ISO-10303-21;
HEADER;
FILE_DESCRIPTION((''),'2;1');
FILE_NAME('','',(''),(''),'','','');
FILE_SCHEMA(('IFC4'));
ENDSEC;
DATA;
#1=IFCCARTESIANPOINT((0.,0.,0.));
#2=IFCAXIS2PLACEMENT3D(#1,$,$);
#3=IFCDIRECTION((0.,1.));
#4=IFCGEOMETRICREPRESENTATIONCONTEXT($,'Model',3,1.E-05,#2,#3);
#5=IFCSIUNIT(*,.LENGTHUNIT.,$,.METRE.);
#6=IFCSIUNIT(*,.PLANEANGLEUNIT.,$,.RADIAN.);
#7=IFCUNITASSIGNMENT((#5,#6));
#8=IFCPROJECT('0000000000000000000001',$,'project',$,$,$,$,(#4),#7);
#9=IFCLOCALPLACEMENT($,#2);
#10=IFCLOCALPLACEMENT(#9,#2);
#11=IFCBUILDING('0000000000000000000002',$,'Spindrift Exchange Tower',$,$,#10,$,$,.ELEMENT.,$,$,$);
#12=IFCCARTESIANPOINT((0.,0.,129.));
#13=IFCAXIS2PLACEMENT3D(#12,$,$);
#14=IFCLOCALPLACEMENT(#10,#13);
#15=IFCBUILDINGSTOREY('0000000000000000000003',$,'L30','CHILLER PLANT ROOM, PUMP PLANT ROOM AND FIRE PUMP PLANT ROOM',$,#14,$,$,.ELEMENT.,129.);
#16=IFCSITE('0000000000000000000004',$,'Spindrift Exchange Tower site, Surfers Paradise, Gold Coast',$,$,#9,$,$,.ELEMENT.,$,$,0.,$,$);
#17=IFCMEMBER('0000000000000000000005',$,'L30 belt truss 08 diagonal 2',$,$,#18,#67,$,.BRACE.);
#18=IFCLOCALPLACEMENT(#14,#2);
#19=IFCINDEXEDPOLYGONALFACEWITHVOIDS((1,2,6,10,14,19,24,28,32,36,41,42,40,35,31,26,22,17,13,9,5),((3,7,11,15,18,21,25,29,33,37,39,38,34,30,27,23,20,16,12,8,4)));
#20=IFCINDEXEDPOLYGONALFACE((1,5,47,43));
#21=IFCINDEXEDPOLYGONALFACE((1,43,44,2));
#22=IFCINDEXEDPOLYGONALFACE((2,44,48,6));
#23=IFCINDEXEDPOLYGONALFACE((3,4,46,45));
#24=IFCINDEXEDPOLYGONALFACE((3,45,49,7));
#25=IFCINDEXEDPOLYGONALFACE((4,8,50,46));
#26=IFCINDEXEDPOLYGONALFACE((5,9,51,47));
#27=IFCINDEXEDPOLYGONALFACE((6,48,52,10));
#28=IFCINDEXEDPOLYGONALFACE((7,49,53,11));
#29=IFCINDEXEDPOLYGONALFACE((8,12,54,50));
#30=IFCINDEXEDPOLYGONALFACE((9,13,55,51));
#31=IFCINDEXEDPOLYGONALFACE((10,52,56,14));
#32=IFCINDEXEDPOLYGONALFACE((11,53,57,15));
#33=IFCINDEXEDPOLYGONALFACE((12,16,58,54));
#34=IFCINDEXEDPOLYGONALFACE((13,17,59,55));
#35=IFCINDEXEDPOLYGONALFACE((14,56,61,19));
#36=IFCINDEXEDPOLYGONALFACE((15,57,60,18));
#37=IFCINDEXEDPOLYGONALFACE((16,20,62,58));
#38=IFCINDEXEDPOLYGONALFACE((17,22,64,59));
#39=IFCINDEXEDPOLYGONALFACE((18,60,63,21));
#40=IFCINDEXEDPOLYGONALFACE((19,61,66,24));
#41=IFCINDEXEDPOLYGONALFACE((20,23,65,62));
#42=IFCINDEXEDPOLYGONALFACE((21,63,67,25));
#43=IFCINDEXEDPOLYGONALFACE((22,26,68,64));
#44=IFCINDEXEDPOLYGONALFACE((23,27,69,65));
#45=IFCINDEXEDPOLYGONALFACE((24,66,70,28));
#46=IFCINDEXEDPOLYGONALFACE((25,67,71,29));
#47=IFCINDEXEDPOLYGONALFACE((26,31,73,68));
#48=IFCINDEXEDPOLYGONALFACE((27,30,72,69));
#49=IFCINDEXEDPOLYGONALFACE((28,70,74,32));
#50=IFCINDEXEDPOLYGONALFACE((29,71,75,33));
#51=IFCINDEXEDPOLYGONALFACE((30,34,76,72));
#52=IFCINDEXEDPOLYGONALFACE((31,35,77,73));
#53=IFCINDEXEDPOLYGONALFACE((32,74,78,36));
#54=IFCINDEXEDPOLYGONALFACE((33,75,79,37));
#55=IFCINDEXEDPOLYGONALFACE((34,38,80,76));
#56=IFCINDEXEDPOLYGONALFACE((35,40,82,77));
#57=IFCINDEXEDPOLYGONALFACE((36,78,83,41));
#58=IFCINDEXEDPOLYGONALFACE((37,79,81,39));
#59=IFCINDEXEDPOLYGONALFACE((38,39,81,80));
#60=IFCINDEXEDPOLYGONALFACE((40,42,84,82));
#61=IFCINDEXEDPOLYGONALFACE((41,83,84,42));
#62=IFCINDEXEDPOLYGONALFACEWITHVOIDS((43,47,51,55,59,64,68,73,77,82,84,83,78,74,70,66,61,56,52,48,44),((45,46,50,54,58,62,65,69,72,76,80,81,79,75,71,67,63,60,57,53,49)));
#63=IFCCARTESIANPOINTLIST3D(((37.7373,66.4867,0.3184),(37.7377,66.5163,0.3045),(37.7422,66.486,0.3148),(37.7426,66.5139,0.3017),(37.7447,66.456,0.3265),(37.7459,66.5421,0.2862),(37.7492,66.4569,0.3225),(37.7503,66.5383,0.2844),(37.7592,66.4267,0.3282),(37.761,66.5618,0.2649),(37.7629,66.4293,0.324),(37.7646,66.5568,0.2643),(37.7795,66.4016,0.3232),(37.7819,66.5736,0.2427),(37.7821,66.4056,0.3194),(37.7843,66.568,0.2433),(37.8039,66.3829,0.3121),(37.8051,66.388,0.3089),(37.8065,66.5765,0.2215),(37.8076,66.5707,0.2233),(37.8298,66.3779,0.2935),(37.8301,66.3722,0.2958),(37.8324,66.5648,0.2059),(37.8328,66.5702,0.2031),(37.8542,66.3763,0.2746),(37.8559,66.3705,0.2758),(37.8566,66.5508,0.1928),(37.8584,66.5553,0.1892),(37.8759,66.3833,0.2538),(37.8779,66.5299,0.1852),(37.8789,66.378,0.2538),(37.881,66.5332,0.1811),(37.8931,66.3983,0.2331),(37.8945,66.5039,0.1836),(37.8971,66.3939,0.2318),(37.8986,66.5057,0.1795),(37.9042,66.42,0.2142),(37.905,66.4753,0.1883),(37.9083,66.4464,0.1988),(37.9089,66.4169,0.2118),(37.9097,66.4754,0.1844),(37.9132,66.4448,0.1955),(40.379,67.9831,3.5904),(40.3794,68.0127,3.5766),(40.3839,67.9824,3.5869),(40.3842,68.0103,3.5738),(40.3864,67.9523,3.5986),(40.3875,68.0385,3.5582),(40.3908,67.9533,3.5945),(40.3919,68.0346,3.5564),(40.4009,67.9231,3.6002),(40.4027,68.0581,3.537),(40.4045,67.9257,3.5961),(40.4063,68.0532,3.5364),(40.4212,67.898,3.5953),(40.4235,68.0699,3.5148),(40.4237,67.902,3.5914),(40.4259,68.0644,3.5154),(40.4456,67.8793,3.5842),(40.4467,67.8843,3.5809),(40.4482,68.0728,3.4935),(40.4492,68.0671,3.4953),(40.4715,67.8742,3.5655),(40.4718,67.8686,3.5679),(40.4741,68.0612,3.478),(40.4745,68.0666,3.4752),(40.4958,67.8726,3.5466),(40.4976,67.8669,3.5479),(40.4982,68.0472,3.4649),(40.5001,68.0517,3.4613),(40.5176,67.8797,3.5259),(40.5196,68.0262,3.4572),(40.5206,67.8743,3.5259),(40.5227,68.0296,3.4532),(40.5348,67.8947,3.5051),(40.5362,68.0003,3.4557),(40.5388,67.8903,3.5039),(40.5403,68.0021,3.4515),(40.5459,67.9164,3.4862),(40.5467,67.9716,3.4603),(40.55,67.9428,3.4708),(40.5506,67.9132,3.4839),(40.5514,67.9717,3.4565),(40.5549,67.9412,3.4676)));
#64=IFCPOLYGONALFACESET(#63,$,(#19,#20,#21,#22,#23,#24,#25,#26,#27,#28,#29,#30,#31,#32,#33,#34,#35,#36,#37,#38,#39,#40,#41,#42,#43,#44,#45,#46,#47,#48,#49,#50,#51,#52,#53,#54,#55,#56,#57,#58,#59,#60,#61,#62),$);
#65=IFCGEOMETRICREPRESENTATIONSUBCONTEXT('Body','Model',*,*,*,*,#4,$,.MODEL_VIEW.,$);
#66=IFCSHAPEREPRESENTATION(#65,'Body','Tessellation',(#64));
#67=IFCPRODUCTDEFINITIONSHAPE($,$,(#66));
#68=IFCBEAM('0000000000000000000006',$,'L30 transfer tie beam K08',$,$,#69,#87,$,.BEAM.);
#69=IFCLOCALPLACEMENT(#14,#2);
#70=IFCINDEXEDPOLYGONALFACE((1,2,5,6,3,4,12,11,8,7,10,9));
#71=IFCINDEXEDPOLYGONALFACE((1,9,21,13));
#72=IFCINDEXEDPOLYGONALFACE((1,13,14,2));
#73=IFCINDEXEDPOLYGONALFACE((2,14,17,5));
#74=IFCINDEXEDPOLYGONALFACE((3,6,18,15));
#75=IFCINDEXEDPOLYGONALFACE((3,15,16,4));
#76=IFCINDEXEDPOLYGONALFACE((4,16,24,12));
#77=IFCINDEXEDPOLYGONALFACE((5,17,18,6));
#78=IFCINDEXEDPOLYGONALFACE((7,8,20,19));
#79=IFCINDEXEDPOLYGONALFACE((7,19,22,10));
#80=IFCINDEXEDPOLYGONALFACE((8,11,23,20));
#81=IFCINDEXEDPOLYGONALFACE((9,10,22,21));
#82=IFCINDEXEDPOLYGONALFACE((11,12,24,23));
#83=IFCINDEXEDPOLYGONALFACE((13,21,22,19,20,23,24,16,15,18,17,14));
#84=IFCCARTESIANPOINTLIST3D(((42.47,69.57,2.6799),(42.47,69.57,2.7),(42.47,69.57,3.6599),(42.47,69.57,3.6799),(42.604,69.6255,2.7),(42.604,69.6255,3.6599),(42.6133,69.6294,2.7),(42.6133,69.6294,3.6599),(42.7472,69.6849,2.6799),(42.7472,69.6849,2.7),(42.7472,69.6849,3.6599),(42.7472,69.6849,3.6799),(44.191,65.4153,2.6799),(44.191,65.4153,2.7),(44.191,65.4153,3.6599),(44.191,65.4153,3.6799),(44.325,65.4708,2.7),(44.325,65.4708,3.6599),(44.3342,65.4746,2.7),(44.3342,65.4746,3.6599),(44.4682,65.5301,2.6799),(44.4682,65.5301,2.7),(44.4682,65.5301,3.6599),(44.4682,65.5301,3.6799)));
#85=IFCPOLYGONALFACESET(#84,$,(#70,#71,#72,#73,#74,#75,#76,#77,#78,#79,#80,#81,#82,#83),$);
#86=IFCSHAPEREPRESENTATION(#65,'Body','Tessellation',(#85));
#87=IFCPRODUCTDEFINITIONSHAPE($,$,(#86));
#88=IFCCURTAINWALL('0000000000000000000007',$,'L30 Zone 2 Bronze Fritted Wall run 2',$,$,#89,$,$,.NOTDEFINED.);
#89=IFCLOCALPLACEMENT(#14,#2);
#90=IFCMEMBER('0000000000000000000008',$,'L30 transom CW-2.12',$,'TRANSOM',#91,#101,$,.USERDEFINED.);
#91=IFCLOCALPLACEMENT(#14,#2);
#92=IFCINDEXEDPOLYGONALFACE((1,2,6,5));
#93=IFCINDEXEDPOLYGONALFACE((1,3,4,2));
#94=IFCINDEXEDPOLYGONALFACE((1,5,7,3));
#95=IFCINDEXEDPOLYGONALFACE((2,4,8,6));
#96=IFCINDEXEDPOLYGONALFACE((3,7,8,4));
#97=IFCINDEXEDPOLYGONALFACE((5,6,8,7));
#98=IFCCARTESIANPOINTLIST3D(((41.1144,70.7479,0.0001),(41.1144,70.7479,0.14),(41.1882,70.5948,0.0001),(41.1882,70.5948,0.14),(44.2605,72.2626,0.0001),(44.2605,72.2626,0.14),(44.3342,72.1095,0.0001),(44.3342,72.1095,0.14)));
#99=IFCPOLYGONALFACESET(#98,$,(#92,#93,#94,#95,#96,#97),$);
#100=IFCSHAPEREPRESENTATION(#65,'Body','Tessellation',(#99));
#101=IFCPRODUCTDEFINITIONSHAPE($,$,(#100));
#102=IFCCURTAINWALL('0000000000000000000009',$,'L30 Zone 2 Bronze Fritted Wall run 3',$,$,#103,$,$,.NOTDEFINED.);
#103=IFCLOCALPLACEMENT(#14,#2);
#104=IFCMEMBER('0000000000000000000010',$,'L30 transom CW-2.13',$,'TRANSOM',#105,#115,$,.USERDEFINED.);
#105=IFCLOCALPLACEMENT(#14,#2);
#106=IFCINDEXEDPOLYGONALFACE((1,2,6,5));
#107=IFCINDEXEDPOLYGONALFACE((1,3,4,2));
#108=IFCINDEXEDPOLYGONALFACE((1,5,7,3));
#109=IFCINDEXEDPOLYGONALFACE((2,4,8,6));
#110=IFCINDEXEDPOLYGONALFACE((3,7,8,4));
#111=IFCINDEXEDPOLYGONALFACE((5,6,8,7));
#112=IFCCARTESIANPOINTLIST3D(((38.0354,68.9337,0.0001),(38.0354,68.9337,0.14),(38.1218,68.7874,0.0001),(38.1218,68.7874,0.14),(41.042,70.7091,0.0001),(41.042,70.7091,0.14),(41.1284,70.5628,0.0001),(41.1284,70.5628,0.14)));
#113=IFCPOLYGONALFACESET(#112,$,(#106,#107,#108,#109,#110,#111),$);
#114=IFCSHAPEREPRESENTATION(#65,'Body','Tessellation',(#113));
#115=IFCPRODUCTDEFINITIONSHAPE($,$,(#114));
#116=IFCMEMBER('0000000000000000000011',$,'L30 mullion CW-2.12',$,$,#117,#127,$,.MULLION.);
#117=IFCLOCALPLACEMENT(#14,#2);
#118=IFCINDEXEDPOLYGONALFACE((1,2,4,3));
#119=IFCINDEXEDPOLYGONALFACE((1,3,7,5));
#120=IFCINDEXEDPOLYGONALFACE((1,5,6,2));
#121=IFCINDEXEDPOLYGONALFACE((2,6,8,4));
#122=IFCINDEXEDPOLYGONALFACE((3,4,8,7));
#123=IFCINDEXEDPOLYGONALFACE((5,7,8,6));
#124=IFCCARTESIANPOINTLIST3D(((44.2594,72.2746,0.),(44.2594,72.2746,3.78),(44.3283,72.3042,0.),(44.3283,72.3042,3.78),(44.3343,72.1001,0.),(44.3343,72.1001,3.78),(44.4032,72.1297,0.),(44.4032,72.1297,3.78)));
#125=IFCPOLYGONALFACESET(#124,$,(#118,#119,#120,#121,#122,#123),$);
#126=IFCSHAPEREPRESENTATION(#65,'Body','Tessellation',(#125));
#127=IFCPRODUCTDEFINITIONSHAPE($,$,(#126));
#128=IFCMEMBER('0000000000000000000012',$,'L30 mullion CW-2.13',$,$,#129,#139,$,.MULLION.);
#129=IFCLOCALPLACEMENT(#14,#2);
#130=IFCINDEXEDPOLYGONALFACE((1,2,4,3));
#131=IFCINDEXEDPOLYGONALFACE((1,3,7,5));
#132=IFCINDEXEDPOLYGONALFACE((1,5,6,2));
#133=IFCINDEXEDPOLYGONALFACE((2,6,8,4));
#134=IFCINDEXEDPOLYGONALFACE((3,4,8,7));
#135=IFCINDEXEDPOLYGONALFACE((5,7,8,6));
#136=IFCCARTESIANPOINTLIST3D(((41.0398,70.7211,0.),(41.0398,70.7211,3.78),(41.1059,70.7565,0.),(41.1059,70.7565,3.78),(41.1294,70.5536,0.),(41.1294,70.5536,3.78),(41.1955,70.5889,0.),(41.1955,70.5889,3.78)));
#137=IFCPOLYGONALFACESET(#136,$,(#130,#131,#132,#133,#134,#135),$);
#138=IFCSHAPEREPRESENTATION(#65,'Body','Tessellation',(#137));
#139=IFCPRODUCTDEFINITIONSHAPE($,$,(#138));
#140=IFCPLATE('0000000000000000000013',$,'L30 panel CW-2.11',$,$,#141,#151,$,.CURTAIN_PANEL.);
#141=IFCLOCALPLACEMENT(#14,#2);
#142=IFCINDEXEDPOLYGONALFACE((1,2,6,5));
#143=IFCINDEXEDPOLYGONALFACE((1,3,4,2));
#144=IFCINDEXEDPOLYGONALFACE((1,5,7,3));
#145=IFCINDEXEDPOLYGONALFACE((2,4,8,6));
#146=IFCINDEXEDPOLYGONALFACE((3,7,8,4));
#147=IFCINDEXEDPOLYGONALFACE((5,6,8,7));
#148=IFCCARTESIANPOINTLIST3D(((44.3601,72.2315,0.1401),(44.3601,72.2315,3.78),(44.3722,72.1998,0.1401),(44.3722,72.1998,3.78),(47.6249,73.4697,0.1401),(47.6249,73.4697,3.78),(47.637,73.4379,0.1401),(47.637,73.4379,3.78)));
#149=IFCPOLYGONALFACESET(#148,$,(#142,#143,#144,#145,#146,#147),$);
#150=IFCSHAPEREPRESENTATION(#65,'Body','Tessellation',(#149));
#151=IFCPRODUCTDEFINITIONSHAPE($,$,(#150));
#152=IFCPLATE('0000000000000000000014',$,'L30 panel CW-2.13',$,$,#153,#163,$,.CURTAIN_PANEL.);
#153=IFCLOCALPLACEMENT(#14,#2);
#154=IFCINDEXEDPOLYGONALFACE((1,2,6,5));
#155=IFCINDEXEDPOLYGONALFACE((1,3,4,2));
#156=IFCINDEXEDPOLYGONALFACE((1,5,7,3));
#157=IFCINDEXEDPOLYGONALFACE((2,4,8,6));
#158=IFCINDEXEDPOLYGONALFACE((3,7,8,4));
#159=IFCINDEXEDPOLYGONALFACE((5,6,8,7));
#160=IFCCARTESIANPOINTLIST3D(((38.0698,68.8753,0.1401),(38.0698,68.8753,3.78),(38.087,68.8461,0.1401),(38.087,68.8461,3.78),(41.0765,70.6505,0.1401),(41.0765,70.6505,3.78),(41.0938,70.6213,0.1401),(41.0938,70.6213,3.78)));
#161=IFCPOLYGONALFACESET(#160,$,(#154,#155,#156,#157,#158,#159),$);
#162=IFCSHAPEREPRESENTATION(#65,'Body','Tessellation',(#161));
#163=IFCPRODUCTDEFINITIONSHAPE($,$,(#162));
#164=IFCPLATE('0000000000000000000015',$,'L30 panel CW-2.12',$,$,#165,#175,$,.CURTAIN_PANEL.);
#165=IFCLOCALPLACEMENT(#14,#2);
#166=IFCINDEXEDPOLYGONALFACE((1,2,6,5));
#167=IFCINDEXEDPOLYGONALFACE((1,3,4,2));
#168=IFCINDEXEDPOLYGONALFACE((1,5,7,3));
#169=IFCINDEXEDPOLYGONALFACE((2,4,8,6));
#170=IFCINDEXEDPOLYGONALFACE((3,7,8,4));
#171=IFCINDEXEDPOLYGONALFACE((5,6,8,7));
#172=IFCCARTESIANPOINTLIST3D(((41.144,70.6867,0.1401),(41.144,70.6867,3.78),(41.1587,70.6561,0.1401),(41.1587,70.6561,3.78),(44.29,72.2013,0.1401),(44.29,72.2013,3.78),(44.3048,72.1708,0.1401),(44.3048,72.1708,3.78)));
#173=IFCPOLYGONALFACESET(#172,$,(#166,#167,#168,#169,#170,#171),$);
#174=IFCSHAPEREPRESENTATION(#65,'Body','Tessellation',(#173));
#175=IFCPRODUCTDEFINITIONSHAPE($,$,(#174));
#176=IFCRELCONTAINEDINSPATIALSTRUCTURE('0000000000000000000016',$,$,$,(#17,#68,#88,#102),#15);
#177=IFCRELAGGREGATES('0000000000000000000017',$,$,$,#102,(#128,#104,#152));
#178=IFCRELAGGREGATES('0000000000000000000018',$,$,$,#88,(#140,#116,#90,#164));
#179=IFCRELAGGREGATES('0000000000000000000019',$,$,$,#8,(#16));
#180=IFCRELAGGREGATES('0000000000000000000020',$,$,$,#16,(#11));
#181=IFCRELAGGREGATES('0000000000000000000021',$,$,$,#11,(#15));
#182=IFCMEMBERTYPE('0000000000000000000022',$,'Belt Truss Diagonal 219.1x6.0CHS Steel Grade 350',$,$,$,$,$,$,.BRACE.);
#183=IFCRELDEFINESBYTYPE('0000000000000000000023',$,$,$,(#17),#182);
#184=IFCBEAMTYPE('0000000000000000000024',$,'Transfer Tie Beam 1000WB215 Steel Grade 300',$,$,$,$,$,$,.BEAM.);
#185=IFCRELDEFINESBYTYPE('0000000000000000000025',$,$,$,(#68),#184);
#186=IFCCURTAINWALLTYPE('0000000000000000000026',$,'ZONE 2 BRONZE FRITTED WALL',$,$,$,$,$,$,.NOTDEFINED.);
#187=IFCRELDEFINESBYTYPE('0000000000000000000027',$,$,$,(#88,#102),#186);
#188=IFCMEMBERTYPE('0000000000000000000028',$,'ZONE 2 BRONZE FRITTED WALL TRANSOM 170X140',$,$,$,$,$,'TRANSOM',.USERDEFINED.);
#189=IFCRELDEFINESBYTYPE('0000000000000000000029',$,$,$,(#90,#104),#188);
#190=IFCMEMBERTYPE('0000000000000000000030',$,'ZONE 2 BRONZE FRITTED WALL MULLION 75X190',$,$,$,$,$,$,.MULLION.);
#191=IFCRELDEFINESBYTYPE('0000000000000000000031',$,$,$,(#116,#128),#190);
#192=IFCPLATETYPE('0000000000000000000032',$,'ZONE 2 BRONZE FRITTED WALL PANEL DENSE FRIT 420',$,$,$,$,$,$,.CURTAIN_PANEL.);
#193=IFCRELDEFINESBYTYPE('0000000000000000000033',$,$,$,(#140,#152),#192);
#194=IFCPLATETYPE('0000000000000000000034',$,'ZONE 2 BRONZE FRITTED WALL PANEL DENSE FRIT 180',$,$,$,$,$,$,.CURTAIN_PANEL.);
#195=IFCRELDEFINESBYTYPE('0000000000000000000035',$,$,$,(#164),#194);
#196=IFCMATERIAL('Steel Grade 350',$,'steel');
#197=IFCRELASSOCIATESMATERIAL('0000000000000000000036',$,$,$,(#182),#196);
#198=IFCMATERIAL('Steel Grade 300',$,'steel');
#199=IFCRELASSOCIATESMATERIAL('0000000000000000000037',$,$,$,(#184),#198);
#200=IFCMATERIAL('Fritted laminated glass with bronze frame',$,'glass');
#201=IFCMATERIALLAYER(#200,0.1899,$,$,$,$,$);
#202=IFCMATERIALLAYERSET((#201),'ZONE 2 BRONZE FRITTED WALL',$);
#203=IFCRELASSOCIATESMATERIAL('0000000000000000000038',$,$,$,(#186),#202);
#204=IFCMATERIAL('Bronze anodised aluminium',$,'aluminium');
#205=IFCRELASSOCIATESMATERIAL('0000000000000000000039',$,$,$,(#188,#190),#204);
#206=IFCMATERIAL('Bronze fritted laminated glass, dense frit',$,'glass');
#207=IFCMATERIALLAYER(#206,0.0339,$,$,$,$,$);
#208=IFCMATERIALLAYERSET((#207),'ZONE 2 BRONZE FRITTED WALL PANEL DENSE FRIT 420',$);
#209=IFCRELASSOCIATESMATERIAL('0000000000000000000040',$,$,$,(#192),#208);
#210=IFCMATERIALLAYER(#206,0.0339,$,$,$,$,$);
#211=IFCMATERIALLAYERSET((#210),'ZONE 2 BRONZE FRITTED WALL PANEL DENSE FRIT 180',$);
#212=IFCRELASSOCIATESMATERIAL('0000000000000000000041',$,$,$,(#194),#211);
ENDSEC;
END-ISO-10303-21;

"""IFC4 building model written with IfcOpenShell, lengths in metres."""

from ifc_helpers import new_model, si_unit, direction, frame, origin, origin_2d, place, context, subcontext, project, spatial, rectangle, hollow_circle, i_section, extrude, source, transform, mapped, material, layer, layer_set, material_profile, profile_set, type_object, element, aggregate, save


model = new_model("IFC4")

# Units and contexts
model_context = context("Model", 3, precision=1e-05, world=origin(), true_north=direction((0.0, 1.0)))
body_context = subcontext(model_context, "Body", "Model", "MODEL_VIEW")
ifc_project = project(units=[si_unit("LENGTHUNIT", "METRE"), si_unit("PLANEANGLEUNIT", "RADIAN")], contexts=[model_context])

# Site, building, storey
site_placement = place(None, origin())
site = spatial("IfcSite", under=ifc_project, at=site_placement, Name="Spindrift Exchange Tower site, Surfers Paradise, Gold Coast", CompositionType="ELEMENT", RefElevation=0.0)
building_placement = place(site_placement, origin())
building = spatial("IfcBuilding", under=site, at=building_placement, Name="Spindrift Exchange Tower", CompositionType="ELEMENT")
storey_placement = place(building_placement, frame((0.0, 0.0, 129.0)))
storey = spatial("IfcBuildingStorey", under=building, at=storey_placement, Name="L30", Description="CHILLER PLANT ROOM, PUMP PLANT ROOM AND FIRE PUMP PLANT ROOM", CompositionType="ELEMENT", Elevation=129.0)

# Shared definitions
ifc_material_1 = material(Name="Steel Grade 300", Category="steel")

# Member
ifc_material_2 = material(Name="Steel Grade 350", Category="steel")
ifc_material_profile_1 = material_profile(ifc_material_2, hollow_circle(Radius=0.1096, WallThickness=0.0061, at=origin_2d()), Name="219.1x6.0CHS")
ifc_profile_set_1 = profile_set([ifc_material_profile_1], Name="Steel Grade 350")
member_type_1 = type_object("IfcMemberType", Name="Belt Truss Diagonal 219.1x6.0CHS Steel Grade 350", PredefinedType="BRACE", material=ifc_profile_set_1)
shared_shape_1 = source(origin(), body_context, "Body", "SweptSolid", [
    extrude(hollow_circle(Radius=0.1096, WallThickness=0.0061, at=origin_2d()), origin(), (0.0, 0.0, 1.0), 4.4636),
])
for number, where, z_axis, x_axis, name in (
    (1, (40.4666, 67.9697, 3.5259), (-0.591822, -0.335238, -0.73305), (0.492871, -0.870103, 0.0), "L30 belt truss 08 diagonal 2"),
):
    element("IfcMember", number, at=place(storey_placement, frame(where, z_axis=z_axis, x_axis=x_axis)), inside=storey, type_object=member_type_1, Name=name, PredefinedType="BRACE", context=body_context, shape_type="MappedRepresentation", body=[
        mapped(shared_shape_1, transform((0.0, 0.0, 0.0), scale=1.0)),
    ])

# Beam
ifc_material_profile_2 = material_profile(ifc_material_1, i_section(OverallWidth=0.3, OverallDepth=1.0, WebThickness=0.01, FlangeThickness=0.02, at=origin_2d()), Name="1000WB215")
ifc_profile_set_2 = profile_set([ifc_material_profile_2], Name="Steel Grade 300")
beam_type_1 = type_object("IfcBeamType", Name="Transfer Tie Beam 1000WB215 Steel Grade 300", PredefinedType="BEAM", material=ifc_profile_set_2)
shared_shape_2 = source(origin(), body_context, "Body", "SweptSolid", [
    extrude(i_section(OverallWidth=0.3, OverallDepth=1.0, WebThickness=0.01, FlangeThickness=0.02, at=origin_2d()), origin(), (0.0, 0.0, 1.0), 4.4971),
])
beam_1_placement = place(storey_placement, frame((42.6086, 69.6274, 3.1799), z_axis=(0.382679, -0.923881, 0.0), x_axis=(0.923881, 0.382679, 0.0)))
element("IfcBeam", 2, at=beam_1_placement, inside=storey, type_object=beam_type_1, Name="L30 transfer tie beam K08", PredefinedType="BEAM", context=body_context, shape_type="MappedRepresentation", body=[
    mapped(shared_shape_2, transform((0.0, 0.0, 0.0), scale=1.0)),
])

# Curtain walls, members
ifc_material_3 = material(Name="Fritted laminated glass with bronze frame", Category="glass")
ifc_layer_1 = layer(ifc_material_3, 0.1899)
ifc_layer_set_1 = layer_set([ifc_layer_1], Name="ZONE 2 BRONZE FRITTED WALL")
curtain_wall_type = type_object("IfcCurtainWallType", Name="ZONE 2 BRONZE FRITTED WALL", PredefinedType="NOTDEFINED", material=ifc_layer_set_1)
curtain_wall_1_placement = place(storey_placement, origin())
curtain_wall_1 = element("IfcCurtainWall", 3, at=curtain_wall_1_placement, inside=storey, type_object=curtain_wall_type, Name="L30 Zone 2 Bronze Fritted Wall run 2", PredefinedType="NOTDEFINED")
ifc_material_4 = material(Name="Bronze anodised aluminium", Category="aluminium")
ifc_material_profile_3 = material_profile(ifc_material_4, rectangle(XDim=0.1699, YDim=0.1399, at=origin_2d()), Name="ZONE 2 BRONZE FRITTED WALL TRANSOM 170X140")
ifc_profile_set_3 = profile_set([ifc_material_profile_3], Name="Bronze anodised aluminium")
member_type_2 = type_object("IfcMemberType", Name="ZONE 2 BRONZE FRITTED WALL TRANSOM 170X140", ElementType="TRANSOM", PredefinedType="USERDEFINED", material=ifc_profile_set_3)
shared_shape_3 = source(origin(), body_context, "Body", "SweptSolid", [
    extrude(rectangle(XDim=0.1699, YDim=0.1399, at=origin_2d()), origin(), (0.0, 0.0, 1.0), 3.4917),
])
member_1_placement = place(storey_placement, frame((44.2974, 72.186, 0.0701), z_axis=(-0.901012, -0.433795, 0.0), x_axis=(0.433795, -0.901012, 0.0)))
member_1 = element("IfcMember", 4, at=member_1_placement, type_object=member_type_2, Name="L30 transom CW-2.12", ObjectType="TRANSOM", PredefinedType="USERDEFINED", context=body_context, shape_type="MappedRepresentation", body=[
    mapped(shared_shape_3, transform((0.0, 0.0, 0.0), scale=1.0)),
])
curtain_wall_2_placement = place(storey_placement, origin())
curtain_wall_2 = element("IfcCurtainWall", 5, at=curtain_wall_2_placement, inside=storey, type_object=curtain_wall_type, Name="L30 Zone 2 Bronze Fritted Wall run 3", PredefinedType="NOTDEFINED")
member_2_placement = place(storey_placement, frame((41.0852, 70.636, 0.0701), z_axis=(-0.861081, -0.508468, 0.0), x_axis=(0.508468, -0.861081, 0.0)))
member_2 = element("IfcMember", 6, at=member_2_placement, type_object=member_type_2, Name="L30 transom CW-2.13", ObjectType="TRANSOM", PredefinedType="USERDEFINED", context=body_context, shape_type="MappedRepresentation", body=[
    mapped(shared_shape_3, transform((0.0, 0.0, 0.0), scale=1.0)),
])

# Members
ifc_material_profile_4 = material_profile(ifc_material_4, rectangle(XDim=0.075, YDim=0.1899, at=origin_2d()), Name="ZONE 2 BRONZE FRITTED WALL MULLION 75X190")
ifc_profile_set_4 = profile_set([ifc_material_profile_4], Name="Bronze anodised aluminium")
member_type_3 = type_object("IfcMemberType", Name="ZONE 2 BRONZE FRITTED WALL MULLION 75X190", PredefinedType="MULLION", material=ifc_profile_set_4)
shared_shape_4 = source(origin(), body_context, "Body", "SweptSolid", [
    extrude(rectangle(XDim=0.075, YDim=0.1899, at=origin_2d()), origin(), (0.0, 0.0, 1.0), 3.78),
])
member_3_placement = place(storey_placement, frame((44.3313, 72.2021, 0.0), z_axis=(0.0, 0.0, 1.0), x_axis=(-0.918869, -0.394564, 0.0)))
member_3 = element("IfcMember", 7, at=member_3_placement, type_object=member_type_3, Name="L30 mullion CW-2.12", PredefinedType="MULLION", context=body_context, shape_type="MappedRepresentation", body=[
    mapped(shared_shape_4, transform((0.0, 0.0, 0.0), scale=1.0)),
])
member_4_placement = place(storey_placement, frame((41.1177, 70.655, 0.0), z_axis=(0.0, 0.0, 1.0), x_axis=(-0.881852, -0.471527, 0.0)))
member_4 = element("IfcMember", 8, at=member_4_placement, type_object=member_type_3, Name="L30 mullion CW-2.13", PredefinedType="MULLION", context=body_context, shape_type="MappedRepresentation", body=[
    mapped(shared_shape_4, transform((0.0, 0.0, 0.0), scale=1.0)),
])

# Plates
ifc_material_5 = material(Name="Bronze fritted laminated glass, dense frit", Category="glass")
ifc_layer_2 = layer(ifc_material_5, 0.0339)
ifc_layer_set_2 = layer_set([ifc_layer_2], Name="ZONE 2 BRONZE FRITTED WALL PANEL DENSE FRIT 420")
plate_type_1 = type_object("IfcPlateType", Name="ZONE 2 BRONZE FRITTED WALL PANEL DENSE FRIT 420", PredefinedType="CURTAIN_PANEL", material=ifc_layer_set_2)
shared_shape_5 = source(origin(), body_context, "Body", "SweptSolid", [
    extrude(rectangle(XDim=3.4917, YDim=0.0339, at=origin_2d()), origin(), (0.0, 0.0, 1.0), 3.6399),
])
plate_1_placement = place(storey_placement, frame((45.9985, 72.8347, 0.1401), z_axis=(0.0, 0.0, 1.0), x_axis=(-0.935018, -0.354599, 0.0)))
plate_1 = element("IfcPlate", 9, at=plate_1_placement, type_object=plate_type_1, Name="L30 panel CW-2.11", PredefinedType="CURTAIN_PANEL", context=body_context, shape_type="MappedRepresentation", body=[
    mapped(shared_shape_5, transform((0.0, 0.0, 0.0), scale=1.0)),
])
plate_2_placement = place(storey_placement, frame((39.5818, 69.7483, 0.1401), z_axis=(0.0, 0.0, 1.0), x_axis=(-0.861113, -0.508413, 0.0)))
plate_2 = element("IfcPlate", 10, at=plate_2_placement, type_object=plate_type_1, Name="L30 panel CW-2.13", PredefinedType="CURTAIN_PANEL", context=body_context, shape_type="MappedRepresentation", body=[
    mapped(shared_shape_5, transform((0.0, 0.0, 0.0), scale=1.0)),
])
aggregate(curtain_wall_2, [member_4, member_2, plate_2])
ifc_layer_3 = layer(ifc_material_5, 0.0339)
ifc_layer_set_3 = layer_set([ifc_layer_3], Name="ZONE 2 BRONZE FRITTED WALL PANEL DENSE FRIT 180")
plate_type_2 = type_object("IfcPlateType", Name="ZONE 2 BRONZE FRITTED WALL PANEL DENSE FRIT 180", PredefinedType="CURTAIN_PANEL", material=ifc_layer_set_3)
shared_shape_6 = source(origin(), body_context, "Body", "SweptSolid", [
    extrude(rectangle(XDim=3.4917, YDim=0.0339, at=origin_2d()), origin(), (0.0, 0.0, 1.0), 3.6399),
])
plate_3_placement = place(storey_placement, frame((42.7244, 71.4287, 0.1401), z_axis=(0.0, 0.0, 1.0), x_axis=(-0.901011, -0.433796, 0.0)))
plate_3 = element("IfcPlate", 11, at=plate_3_placement, type_object=plate_type_2, Name="L30 panel CW-2.12", PredefinedType="CURTAIN_PANEL", context=body_context, shape_type="MappedRepresentation", body=[
    mapped(shared_shape_6, transform((0.0, 0.0, 0.0), scale=1.0)),
])
aggregate(curtain_wall_1, [plate_1, member_3, member_1, plate_3])

save(model, "model.ifc")
